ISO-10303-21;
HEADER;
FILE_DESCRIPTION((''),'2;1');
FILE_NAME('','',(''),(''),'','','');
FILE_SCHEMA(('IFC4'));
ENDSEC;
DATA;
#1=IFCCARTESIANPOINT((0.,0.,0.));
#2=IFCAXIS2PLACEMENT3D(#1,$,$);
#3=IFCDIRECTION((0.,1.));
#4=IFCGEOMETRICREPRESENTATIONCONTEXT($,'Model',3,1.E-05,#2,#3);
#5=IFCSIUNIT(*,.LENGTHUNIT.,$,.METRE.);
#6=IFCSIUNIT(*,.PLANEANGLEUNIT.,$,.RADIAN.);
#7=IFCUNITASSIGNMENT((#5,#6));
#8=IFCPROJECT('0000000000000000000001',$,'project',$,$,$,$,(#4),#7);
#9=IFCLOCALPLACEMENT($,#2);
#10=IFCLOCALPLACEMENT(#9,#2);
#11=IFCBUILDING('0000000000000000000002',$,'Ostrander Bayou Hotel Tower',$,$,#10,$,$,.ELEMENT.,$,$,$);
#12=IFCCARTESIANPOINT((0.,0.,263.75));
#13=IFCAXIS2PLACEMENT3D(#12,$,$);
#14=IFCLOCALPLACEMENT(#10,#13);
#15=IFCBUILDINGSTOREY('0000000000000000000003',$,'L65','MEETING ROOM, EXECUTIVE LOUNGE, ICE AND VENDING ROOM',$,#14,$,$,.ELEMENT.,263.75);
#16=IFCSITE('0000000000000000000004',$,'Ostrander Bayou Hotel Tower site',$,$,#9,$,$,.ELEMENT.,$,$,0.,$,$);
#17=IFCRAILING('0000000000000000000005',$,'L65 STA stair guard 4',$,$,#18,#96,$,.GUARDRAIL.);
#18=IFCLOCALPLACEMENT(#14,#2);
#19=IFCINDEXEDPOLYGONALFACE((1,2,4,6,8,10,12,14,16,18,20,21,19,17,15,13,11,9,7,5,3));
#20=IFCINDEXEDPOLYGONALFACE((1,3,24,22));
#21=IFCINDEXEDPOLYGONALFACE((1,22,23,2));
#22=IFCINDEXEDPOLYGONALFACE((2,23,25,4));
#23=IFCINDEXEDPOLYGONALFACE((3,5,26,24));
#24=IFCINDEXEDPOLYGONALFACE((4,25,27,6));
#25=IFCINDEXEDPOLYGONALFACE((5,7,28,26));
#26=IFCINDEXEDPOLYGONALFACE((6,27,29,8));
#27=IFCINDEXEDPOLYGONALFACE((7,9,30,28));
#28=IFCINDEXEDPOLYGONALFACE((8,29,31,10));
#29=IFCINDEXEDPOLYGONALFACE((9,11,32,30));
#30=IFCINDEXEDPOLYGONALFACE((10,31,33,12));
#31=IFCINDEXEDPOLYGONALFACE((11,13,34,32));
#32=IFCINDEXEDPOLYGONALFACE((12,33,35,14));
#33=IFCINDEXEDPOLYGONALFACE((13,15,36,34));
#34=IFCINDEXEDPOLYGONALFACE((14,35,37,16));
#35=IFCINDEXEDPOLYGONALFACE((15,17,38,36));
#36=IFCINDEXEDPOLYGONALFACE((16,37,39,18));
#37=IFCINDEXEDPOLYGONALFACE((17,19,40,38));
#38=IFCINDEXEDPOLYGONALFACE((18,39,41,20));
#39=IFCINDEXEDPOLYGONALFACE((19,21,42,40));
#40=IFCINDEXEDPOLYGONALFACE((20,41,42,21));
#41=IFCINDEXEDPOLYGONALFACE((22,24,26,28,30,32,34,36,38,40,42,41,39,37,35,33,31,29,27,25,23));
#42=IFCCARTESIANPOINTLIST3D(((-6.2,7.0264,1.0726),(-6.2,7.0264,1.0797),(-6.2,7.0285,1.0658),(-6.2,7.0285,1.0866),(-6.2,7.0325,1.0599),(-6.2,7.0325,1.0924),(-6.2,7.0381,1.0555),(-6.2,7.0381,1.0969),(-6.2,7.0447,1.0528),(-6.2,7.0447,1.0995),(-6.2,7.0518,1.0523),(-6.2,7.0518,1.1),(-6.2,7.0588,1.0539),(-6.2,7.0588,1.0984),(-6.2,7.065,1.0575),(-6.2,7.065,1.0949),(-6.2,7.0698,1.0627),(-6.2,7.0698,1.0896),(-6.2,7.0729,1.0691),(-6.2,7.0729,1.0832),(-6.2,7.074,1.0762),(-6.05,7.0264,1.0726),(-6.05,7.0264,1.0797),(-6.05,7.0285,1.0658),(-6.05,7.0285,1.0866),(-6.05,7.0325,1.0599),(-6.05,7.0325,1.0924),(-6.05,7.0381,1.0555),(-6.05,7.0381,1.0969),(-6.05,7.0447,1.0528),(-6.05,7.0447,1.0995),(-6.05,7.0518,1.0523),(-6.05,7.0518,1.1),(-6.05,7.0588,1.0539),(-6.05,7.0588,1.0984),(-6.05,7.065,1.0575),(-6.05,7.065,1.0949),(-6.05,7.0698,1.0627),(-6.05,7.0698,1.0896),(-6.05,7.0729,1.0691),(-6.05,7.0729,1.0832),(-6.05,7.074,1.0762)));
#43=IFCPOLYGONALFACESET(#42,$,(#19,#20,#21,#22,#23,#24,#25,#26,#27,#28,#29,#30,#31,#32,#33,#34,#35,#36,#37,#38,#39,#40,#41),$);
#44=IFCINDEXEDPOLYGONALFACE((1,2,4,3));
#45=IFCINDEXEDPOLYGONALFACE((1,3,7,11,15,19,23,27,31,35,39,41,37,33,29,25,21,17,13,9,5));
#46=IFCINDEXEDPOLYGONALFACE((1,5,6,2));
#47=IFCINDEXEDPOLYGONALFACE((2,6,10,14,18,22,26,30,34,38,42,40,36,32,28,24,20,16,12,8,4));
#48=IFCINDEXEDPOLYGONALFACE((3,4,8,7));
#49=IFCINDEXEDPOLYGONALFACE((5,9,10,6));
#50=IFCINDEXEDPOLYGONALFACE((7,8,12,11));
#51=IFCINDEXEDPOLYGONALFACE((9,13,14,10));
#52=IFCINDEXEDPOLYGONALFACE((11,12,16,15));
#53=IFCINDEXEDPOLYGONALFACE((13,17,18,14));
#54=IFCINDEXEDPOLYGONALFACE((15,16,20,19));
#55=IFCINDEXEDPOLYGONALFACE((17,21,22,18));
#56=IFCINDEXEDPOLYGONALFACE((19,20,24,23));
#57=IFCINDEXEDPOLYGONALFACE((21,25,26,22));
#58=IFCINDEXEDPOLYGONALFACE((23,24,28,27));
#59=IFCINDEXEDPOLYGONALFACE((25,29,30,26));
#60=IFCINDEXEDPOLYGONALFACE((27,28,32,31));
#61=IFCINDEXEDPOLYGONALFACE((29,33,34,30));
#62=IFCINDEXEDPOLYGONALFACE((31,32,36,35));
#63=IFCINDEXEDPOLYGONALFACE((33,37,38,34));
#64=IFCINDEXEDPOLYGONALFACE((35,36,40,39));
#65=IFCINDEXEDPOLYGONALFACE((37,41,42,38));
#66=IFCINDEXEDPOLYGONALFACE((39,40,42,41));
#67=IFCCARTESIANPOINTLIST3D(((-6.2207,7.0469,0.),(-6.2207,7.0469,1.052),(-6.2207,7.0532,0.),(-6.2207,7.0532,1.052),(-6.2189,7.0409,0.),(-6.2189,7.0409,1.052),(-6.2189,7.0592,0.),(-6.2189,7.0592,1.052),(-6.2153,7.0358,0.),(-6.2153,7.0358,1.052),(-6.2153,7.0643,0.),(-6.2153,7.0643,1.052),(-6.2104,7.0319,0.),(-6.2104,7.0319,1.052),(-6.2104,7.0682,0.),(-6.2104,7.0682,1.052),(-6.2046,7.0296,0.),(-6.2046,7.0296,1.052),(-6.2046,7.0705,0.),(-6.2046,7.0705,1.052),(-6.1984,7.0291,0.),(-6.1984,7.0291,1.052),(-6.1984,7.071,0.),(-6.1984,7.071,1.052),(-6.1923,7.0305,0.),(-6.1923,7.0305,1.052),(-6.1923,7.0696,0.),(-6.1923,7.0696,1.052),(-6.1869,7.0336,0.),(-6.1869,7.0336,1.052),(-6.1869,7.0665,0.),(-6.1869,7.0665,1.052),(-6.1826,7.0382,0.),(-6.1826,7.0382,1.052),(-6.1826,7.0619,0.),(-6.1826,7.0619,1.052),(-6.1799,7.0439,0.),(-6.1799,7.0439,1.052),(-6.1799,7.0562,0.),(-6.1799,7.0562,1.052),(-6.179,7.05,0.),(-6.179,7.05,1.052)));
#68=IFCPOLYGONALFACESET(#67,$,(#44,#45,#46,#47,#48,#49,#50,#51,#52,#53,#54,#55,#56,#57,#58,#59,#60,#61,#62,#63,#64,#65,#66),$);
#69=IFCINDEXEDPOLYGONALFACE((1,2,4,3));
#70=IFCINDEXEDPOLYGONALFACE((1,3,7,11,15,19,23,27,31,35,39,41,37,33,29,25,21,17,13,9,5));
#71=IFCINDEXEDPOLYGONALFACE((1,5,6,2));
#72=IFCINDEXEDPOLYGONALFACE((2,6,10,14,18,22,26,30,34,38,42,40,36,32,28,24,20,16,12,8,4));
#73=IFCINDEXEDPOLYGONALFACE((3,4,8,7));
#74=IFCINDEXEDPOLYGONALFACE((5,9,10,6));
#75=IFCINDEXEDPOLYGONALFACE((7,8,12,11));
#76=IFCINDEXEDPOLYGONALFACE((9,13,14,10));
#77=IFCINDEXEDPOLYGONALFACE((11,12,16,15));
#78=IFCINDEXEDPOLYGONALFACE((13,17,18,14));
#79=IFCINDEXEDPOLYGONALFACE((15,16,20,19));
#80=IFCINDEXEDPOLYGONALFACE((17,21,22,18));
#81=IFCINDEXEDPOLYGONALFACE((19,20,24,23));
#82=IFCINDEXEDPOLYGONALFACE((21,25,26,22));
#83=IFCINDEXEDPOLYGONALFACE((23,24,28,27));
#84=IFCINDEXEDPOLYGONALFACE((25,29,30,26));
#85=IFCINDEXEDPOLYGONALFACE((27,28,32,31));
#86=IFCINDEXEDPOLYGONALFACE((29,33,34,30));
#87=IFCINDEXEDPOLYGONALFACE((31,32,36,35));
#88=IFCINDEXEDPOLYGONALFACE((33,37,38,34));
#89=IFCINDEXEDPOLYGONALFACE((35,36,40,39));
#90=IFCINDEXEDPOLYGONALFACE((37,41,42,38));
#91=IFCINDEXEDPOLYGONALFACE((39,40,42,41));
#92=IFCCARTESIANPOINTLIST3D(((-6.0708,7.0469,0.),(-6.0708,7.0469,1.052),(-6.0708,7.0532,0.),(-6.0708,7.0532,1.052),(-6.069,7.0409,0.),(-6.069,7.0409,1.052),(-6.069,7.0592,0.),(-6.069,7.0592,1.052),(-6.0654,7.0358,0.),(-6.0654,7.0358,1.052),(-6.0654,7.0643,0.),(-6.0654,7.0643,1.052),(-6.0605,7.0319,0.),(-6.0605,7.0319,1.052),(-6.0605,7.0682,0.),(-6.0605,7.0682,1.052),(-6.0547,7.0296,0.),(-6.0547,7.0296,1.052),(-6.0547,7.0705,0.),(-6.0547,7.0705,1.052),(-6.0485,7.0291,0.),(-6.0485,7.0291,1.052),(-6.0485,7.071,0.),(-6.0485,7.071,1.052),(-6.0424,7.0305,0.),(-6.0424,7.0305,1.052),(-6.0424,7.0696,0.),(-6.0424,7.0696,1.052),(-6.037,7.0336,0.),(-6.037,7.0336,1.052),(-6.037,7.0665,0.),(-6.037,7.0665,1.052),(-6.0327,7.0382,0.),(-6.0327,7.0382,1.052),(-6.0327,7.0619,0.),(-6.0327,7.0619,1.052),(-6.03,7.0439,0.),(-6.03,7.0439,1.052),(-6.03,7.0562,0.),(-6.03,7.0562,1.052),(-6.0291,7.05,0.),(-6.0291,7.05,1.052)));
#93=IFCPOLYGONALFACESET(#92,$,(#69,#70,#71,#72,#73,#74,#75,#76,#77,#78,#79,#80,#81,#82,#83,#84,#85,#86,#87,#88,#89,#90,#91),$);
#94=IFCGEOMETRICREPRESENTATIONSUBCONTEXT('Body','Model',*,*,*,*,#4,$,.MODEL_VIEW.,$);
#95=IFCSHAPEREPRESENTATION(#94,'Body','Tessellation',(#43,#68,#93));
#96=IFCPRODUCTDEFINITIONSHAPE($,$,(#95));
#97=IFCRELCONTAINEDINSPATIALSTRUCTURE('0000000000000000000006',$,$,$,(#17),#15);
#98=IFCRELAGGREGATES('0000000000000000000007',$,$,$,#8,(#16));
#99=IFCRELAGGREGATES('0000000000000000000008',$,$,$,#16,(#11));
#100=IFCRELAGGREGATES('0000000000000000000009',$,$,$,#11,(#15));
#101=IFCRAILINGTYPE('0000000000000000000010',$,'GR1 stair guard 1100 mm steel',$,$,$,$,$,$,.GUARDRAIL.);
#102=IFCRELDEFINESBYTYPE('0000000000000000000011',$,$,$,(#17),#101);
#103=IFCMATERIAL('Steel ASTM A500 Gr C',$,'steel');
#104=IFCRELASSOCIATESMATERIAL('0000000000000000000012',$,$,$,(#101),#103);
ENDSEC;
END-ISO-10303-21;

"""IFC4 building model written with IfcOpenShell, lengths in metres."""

from ifc_helpers import new_model, si_unit, direction, frame, origin, origin_2d, place, context, subcontext, project, spatial, circle, extrude, material, type_object, element, save


model = new_model("IFC4")

# Units and contexts
model_context = context("Model", 3, precision=1e-05, world=origin(), true_north=direction((0.0, 1.0)))
body_context = subcontext(model_context, "Body", "Model", "MODEL_VIEW")
ifc_project = project(units=[si_unit("LENGTHUNIT", "METRE"), si_unit("PLANEANGLEUNIT", "RADIAN")], contexts=[model_context])

# Site, building, storey
site_placement = place(None, origin())
site = spatial("IfcSite", under=ifc_project, at=site_placement, Name="Ostrander Bayou Hotel Tower site", CompositionType="ELEMENT", RefElevation=0.0)
building_placement = place(site_placement, origin())
building = spatial("IfcBuilding", under=site, at=building_placement, Name="Ostrander Bayou Hotel Tower", CompositionType="ELEMENT")
storey_placement = place(building_placement, frame((0.0, 0.0, 263.75)))
storey = spatial("IfcBuildingStorey", under=building, at=storey_placement, Name="L65", Description="MEETING ROOM, EXECUTIVE LOUNGE, ICE AND VENDING ROOM", CompositionType="ELEMENT", Elevation=263.75)

# Railing
ifc_material_1 = material(Name="Steel ASTM A500 Gr C", Category="steel")
railing_type = type_object("IfcRailingType", Name="GR1 stair guard 1100 mm steel", PredefinedType="GUARDRAIL", material=ifc_material_1)
railing_1_placement = place(storey_placement, frame((-6.2, 7.05, 0.0)))
element("IfcRailing", 1, at=railing_1_placement, inside=storey, type_object=railing_type, Name="L65 STA stair guard 4", PredefinedType="GUARDRAIL", context=body_context, shape_type="SweptSolid", body=[
    extrude(circle(Radius=0.0239, at=origin_2d()), frame((0.0, 0.0, 1.0762), z_axis=(1.0, 0.0, 0.0), x_axis=(0.0, 1.0, 0.0)), (0.0, 0.0, 1.0), 0.1499),
    extrude(circle(Radius=0.021, at=origin_2d()), origin(), (0.0, 0.0, 1.0), 1.052),
    extrude(circle(Radius=0.021, at=origin_2d()), frame((0.1499, 0.0, 0.0)), (0.0, 0.0, 1.0), 1.052),
])

save(model, "model.ifc")
